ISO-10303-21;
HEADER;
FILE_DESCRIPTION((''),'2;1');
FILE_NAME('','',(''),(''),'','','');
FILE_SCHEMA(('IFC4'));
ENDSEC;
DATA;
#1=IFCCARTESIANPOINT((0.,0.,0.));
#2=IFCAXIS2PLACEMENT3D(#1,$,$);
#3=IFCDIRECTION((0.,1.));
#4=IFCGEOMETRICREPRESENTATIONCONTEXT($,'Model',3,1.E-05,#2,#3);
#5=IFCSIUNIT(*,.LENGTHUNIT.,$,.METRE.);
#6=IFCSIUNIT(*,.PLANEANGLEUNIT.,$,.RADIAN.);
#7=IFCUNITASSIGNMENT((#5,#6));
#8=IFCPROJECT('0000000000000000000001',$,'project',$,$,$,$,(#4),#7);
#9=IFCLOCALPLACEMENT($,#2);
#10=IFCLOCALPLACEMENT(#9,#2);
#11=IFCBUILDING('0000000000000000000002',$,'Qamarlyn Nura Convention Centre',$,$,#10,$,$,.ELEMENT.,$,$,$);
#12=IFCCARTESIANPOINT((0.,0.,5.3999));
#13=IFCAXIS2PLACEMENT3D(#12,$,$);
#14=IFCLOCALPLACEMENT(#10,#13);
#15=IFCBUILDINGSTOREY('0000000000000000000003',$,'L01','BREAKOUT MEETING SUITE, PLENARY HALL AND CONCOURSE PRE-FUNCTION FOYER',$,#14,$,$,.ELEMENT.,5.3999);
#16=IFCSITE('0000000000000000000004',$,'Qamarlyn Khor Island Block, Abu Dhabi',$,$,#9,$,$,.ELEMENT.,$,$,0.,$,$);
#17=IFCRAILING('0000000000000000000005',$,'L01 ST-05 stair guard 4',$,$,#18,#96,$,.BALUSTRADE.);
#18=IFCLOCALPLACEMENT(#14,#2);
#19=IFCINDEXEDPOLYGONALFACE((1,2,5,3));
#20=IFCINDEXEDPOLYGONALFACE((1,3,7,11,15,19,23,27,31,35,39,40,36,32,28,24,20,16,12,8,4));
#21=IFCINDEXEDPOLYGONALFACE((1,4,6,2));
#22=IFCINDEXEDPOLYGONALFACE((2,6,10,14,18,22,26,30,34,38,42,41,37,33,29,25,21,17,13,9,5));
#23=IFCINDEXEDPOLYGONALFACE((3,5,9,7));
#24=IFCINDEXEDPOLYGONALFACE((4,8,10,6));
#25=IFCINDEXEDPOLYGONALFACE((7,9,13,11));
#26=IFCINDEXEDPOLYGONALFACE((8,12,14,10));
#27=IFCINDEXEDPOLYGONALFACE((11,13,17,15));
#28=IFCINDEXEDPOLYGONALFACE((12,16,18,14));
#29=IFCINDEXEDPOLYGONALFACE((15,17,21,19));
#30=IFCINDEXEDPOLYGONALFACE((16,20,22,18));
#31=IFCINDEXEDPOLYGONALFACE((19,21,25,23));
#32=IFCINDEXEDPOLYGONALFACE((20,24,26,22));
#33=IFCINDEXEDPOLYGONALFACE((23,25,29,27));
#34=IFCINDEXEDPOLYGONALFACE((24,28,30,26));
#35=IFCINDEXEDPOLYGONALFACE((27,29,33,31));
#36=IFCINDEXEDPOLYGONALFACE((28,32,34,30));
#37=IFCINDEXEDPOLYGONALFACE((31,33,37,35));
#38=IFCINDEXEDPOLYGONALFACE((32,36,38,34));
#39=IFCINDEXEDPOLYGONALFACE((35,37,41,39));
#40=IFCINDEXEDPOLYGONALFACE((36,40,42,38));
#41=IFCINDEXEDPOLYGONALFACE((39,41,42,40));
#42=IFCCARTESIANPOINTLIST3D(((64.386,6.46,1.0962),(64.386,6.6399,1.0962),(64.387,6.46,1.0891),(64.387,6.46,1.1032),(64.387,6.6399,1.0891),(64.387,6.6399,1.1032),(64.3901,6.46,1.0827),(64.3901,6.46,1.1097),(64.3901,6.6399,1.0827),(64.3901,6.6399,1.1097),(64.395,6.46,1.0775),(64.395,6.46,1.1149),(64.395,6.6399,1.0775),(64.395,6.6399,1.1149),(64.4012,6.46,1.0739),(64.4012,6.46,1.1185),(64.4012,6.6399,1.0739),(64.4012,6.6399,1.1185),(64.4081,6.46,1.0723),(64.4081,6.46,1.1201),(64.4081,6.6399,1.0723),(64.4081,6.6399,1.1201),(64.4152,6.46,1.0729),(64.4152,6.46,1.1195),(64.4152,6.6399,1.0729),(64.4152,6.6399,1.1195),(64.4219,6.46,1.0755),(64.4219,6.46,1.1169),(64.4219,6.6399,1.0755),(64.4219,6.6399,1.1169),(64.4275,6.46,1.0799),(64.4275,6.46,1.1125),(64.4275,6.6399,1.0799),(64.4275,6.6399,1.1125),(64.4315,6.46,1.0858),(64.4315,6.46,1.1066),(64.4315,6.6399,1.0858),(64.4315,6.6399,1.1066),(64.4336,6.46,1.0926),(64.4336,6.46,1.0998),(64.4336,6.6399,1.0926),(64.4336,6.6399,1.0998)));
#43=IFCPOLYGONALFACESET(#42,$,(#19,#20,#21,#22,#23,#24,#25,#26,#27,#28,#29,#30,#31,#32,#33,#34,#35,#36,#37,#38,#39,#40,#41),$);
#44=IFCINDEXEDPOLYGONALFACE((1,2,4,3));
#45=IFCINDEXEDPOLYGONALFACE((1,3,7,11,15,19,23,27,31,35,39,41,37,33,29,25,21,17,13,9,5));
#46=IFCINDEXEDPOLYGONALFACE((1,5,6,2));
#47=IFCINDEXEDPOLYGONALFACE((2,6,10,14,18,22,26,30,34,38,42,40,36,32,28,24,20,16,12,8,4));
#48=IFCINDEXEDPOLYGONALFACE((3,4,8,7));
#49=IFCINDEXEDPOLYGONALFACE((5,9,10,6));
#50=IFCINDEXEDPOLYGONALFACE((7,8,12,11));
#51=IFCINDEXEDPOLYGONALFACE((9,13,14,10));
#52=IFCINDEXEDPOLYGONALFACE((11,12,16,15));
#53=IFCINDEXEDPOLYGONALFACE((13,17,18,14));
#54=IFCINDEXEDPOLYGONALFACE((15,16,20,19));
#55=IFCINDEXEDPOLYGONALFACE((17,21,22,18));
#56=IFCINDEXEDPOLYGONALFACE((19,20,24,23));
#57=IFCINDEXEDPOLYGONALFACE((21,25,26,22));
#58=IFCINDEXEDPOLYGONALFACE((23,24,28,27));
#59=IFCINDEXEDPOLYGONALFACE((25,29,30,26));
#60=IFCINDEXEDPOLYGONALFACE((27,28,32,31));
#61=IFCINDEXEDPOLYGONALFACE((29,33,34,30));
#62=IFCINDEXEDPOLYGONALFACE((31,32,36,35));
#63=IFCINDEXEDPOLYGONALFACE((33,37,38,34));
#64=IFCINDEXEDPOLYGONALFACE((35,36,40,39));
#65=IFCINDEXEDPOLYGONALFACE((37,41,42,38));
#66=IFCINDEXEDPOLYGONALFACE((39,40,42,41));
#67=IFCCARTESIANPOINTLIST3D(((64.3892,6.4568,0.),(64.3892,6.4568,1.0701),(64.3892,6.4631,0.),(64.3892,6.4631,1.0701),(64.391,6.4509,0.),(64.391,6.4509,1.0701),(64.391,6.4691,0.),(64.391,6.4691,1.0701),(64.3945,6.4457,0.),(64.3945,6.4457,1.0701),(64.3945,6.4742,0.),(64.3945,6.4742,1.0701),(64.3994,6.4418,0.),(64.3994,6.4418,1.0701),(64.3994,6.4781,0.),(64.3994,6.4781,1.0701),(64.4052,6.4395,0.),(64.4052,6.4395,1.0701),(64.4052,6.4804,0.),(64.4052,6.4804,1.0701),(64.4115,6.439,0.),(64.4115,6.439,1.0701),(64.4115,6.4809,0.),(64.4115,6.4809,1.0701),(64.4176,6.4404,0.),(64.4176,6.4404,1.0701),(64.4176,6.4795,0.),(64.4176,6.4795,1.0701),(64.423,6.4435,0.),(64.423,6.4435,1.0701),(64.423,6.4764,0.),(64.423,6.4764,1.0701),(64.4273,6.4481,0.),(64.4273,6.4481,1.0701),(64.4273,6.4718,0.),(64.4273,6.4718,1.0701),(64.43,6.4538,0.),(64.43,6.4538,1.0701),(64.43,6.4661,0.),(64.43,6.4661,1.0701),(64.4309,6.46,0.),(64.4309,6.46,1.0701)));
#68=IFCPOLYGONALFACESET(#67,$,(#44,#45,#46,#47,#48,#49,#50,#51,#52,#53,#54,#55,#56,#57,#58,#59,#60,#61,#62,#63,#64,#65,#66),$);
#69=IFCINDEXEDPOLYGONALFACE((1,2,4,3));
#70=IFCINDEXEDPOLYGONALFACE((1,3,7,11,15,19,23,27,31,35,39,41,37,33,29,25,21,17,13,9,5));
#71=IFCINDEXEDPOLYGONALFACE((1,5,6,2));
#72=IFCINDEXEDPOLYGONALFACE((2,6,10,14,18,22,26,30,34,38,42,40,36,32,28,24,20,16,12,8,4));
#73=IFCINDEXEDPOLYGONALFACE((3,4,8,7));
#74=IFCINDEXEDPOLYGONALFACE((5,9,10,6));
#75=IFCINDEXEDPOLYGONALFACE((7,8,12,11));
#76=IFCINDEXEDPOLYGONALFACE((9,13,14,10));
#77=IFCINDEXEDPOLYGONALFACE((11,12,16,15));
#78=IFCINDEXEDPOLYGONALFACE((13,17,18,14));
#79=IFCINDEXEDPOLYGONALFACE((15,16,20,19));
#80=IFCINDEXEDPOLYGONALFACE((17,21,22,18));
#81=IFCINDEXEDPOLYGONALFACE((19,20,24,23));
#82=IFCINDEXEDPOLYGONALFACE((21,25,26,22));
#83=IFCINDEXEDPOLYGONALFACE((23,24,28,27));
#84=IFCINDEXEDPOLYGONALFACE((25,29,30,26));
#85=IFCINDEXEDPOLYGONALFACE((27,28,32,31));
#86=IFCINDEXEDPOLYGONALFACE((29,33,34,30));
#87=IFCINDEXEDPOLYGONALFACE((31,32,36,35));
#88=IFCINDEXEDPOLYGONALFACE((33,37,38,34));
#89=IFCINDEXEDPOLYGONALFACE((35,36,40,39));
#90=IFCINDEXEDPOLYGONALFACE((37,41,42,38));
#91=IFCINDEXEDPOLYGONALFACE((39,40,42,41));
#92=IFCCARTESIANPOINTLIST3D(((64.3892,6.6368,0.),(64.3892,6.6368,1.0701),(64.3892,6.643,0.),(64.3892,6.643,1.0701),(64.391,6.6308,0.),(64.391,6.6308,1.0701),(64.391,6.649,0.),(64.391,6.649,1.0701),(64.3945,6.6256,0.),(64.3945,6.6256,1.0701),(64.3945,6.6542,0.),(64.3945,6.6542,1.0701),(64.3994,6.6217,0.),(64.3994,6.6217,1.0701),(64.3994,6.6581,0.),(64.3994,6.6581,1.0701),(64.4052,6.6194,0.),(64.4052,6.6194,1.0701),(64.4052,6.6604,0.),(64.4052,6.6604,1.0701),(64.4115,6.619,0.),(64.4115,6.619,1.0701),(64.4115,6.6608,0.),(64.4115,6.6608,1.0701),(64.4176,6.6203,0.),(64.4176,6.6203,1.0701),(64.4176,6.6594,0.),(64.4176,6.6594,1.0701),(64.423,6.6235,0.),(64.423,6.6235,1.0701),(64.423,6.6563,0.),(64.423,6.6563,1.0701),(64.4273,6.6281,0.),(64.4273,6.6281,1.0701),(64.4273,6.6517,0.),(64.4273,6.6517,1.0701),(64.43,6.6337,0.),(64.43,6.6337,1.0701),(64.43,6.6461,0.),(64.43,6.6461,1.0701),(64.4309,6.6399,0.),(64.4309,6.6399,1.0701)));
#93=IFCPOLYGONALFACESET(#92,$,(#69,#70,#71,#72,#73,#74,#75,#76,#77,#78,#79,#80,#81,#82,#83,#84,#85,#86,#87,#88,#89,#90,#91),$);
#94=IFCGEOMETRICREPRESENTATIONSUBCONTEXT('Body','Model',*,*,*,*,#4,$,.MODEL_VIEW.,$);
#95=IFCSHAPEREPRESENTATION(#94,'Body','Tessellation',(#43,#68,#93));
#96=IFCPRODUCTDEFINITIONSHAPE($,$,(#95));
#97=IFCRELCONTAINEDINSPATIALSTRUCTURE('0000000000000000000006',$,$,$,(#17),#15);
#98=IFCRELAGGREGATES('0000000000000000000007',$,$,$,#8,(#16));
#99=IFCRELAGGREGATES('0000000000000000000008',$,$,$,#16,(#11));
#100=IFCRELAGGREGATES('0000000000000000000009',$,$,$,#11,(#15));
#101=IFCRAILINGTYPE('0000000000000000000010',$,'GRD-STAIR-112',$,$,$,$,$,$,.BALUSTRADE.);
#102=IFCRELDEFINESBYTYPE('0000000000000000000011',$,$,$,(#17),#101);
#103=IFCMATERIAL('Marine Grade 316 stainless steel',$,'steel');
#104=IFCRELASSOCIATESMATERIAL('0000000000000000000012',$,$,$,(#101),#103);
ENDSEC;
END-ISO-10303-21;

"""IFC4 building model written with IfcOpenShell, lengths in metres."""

from ifc_helpers import new_model, si_unit, direction, frame, origin, origin_2d, place, context, subcontext, project, spatial, circle, extrude, material, type_object, element, save


model = new_model("IFC4")

# Units and contexts
model_context = context("Model", 3, precision=1e-05, world=origin(), true_north=direction((0.0, 1.0)))
body_context = subcontext(model_context, "Body", "Model", "MODEL_VIEW")
ifc_project = project(units=[si_unit("LENGTHUNIT", "METRE"), si_unit("PLANEANGLEUNIT", "RADIAN")], contexts=[model_context])

# Site, building, storey
site_placement = place(None, origin())
site = spatial("IfcSite", under=ifc_project, at=site_placement, Name="Qamarlyn Khor Island Block, Abu Dhabi", CompositionType="ELEMENT", RefElevation=0.0)
building_placement = place(site_placement, origin())
building = spatial("IfcBuilding", under=site, at=building_placement, Name="Qamarlyn Nura Convention Centre", CompositionType="ELEMENT")
storey_placement = place(building_placement, frame((0.0, 0.0, 5.3999)))
storey = spatial("IfcBuildingStorey", under=building, at=storey_placement, Name="L01", Description="BREAKOUT MEETING SUITE, PLENARY HALL AND CONCOURSE PRE-FUNCTION FOYER", CompositionType="ELEMENT", Elevation=5.3999)

# Railing
ifc_material_1 = material(Name="Marine Grade 316 stainless steel", Category="steel")
railing_type_1 = type_object("IfcRailingType", Name="GRD-STAIR-112", PredefinedType="BALUSTRADE", material=ifc_material_1)
railing_1_placement = place(storey_placement, frame((64.4099, 6.46, 0.0)))
element("IfcRailing", 1, at=railing_1_placement, inside=storey, type_object=railing_type_1, Name="L01 ST-05 stair guard 4", PredefinedType="BALUSTRADE", context=body_context, shape_type="SweptSolid", body=[
    extrude(circle(Radius=0.0239, at=origin_2d()), frame((0.0, 0.0, 1.0962), z_axis=(0.0, 1.0, 0.0), x_axis=(-1.0, 0.0, 0.0)), (0.0, 0.0, 1.0), 0.1799),
    extrude(circle(Radius=0.021, at=origin_2d()), origin(), (0.0, 0.0, 1.0), 1.0701),
    extrude(circle(Radius=0.021, at=origin_2d()), frame((0.0, 0.1799, 0.0)), (0.0, 0.0, 1.0), 1.0701),
])

save(model, "model.ifc")
